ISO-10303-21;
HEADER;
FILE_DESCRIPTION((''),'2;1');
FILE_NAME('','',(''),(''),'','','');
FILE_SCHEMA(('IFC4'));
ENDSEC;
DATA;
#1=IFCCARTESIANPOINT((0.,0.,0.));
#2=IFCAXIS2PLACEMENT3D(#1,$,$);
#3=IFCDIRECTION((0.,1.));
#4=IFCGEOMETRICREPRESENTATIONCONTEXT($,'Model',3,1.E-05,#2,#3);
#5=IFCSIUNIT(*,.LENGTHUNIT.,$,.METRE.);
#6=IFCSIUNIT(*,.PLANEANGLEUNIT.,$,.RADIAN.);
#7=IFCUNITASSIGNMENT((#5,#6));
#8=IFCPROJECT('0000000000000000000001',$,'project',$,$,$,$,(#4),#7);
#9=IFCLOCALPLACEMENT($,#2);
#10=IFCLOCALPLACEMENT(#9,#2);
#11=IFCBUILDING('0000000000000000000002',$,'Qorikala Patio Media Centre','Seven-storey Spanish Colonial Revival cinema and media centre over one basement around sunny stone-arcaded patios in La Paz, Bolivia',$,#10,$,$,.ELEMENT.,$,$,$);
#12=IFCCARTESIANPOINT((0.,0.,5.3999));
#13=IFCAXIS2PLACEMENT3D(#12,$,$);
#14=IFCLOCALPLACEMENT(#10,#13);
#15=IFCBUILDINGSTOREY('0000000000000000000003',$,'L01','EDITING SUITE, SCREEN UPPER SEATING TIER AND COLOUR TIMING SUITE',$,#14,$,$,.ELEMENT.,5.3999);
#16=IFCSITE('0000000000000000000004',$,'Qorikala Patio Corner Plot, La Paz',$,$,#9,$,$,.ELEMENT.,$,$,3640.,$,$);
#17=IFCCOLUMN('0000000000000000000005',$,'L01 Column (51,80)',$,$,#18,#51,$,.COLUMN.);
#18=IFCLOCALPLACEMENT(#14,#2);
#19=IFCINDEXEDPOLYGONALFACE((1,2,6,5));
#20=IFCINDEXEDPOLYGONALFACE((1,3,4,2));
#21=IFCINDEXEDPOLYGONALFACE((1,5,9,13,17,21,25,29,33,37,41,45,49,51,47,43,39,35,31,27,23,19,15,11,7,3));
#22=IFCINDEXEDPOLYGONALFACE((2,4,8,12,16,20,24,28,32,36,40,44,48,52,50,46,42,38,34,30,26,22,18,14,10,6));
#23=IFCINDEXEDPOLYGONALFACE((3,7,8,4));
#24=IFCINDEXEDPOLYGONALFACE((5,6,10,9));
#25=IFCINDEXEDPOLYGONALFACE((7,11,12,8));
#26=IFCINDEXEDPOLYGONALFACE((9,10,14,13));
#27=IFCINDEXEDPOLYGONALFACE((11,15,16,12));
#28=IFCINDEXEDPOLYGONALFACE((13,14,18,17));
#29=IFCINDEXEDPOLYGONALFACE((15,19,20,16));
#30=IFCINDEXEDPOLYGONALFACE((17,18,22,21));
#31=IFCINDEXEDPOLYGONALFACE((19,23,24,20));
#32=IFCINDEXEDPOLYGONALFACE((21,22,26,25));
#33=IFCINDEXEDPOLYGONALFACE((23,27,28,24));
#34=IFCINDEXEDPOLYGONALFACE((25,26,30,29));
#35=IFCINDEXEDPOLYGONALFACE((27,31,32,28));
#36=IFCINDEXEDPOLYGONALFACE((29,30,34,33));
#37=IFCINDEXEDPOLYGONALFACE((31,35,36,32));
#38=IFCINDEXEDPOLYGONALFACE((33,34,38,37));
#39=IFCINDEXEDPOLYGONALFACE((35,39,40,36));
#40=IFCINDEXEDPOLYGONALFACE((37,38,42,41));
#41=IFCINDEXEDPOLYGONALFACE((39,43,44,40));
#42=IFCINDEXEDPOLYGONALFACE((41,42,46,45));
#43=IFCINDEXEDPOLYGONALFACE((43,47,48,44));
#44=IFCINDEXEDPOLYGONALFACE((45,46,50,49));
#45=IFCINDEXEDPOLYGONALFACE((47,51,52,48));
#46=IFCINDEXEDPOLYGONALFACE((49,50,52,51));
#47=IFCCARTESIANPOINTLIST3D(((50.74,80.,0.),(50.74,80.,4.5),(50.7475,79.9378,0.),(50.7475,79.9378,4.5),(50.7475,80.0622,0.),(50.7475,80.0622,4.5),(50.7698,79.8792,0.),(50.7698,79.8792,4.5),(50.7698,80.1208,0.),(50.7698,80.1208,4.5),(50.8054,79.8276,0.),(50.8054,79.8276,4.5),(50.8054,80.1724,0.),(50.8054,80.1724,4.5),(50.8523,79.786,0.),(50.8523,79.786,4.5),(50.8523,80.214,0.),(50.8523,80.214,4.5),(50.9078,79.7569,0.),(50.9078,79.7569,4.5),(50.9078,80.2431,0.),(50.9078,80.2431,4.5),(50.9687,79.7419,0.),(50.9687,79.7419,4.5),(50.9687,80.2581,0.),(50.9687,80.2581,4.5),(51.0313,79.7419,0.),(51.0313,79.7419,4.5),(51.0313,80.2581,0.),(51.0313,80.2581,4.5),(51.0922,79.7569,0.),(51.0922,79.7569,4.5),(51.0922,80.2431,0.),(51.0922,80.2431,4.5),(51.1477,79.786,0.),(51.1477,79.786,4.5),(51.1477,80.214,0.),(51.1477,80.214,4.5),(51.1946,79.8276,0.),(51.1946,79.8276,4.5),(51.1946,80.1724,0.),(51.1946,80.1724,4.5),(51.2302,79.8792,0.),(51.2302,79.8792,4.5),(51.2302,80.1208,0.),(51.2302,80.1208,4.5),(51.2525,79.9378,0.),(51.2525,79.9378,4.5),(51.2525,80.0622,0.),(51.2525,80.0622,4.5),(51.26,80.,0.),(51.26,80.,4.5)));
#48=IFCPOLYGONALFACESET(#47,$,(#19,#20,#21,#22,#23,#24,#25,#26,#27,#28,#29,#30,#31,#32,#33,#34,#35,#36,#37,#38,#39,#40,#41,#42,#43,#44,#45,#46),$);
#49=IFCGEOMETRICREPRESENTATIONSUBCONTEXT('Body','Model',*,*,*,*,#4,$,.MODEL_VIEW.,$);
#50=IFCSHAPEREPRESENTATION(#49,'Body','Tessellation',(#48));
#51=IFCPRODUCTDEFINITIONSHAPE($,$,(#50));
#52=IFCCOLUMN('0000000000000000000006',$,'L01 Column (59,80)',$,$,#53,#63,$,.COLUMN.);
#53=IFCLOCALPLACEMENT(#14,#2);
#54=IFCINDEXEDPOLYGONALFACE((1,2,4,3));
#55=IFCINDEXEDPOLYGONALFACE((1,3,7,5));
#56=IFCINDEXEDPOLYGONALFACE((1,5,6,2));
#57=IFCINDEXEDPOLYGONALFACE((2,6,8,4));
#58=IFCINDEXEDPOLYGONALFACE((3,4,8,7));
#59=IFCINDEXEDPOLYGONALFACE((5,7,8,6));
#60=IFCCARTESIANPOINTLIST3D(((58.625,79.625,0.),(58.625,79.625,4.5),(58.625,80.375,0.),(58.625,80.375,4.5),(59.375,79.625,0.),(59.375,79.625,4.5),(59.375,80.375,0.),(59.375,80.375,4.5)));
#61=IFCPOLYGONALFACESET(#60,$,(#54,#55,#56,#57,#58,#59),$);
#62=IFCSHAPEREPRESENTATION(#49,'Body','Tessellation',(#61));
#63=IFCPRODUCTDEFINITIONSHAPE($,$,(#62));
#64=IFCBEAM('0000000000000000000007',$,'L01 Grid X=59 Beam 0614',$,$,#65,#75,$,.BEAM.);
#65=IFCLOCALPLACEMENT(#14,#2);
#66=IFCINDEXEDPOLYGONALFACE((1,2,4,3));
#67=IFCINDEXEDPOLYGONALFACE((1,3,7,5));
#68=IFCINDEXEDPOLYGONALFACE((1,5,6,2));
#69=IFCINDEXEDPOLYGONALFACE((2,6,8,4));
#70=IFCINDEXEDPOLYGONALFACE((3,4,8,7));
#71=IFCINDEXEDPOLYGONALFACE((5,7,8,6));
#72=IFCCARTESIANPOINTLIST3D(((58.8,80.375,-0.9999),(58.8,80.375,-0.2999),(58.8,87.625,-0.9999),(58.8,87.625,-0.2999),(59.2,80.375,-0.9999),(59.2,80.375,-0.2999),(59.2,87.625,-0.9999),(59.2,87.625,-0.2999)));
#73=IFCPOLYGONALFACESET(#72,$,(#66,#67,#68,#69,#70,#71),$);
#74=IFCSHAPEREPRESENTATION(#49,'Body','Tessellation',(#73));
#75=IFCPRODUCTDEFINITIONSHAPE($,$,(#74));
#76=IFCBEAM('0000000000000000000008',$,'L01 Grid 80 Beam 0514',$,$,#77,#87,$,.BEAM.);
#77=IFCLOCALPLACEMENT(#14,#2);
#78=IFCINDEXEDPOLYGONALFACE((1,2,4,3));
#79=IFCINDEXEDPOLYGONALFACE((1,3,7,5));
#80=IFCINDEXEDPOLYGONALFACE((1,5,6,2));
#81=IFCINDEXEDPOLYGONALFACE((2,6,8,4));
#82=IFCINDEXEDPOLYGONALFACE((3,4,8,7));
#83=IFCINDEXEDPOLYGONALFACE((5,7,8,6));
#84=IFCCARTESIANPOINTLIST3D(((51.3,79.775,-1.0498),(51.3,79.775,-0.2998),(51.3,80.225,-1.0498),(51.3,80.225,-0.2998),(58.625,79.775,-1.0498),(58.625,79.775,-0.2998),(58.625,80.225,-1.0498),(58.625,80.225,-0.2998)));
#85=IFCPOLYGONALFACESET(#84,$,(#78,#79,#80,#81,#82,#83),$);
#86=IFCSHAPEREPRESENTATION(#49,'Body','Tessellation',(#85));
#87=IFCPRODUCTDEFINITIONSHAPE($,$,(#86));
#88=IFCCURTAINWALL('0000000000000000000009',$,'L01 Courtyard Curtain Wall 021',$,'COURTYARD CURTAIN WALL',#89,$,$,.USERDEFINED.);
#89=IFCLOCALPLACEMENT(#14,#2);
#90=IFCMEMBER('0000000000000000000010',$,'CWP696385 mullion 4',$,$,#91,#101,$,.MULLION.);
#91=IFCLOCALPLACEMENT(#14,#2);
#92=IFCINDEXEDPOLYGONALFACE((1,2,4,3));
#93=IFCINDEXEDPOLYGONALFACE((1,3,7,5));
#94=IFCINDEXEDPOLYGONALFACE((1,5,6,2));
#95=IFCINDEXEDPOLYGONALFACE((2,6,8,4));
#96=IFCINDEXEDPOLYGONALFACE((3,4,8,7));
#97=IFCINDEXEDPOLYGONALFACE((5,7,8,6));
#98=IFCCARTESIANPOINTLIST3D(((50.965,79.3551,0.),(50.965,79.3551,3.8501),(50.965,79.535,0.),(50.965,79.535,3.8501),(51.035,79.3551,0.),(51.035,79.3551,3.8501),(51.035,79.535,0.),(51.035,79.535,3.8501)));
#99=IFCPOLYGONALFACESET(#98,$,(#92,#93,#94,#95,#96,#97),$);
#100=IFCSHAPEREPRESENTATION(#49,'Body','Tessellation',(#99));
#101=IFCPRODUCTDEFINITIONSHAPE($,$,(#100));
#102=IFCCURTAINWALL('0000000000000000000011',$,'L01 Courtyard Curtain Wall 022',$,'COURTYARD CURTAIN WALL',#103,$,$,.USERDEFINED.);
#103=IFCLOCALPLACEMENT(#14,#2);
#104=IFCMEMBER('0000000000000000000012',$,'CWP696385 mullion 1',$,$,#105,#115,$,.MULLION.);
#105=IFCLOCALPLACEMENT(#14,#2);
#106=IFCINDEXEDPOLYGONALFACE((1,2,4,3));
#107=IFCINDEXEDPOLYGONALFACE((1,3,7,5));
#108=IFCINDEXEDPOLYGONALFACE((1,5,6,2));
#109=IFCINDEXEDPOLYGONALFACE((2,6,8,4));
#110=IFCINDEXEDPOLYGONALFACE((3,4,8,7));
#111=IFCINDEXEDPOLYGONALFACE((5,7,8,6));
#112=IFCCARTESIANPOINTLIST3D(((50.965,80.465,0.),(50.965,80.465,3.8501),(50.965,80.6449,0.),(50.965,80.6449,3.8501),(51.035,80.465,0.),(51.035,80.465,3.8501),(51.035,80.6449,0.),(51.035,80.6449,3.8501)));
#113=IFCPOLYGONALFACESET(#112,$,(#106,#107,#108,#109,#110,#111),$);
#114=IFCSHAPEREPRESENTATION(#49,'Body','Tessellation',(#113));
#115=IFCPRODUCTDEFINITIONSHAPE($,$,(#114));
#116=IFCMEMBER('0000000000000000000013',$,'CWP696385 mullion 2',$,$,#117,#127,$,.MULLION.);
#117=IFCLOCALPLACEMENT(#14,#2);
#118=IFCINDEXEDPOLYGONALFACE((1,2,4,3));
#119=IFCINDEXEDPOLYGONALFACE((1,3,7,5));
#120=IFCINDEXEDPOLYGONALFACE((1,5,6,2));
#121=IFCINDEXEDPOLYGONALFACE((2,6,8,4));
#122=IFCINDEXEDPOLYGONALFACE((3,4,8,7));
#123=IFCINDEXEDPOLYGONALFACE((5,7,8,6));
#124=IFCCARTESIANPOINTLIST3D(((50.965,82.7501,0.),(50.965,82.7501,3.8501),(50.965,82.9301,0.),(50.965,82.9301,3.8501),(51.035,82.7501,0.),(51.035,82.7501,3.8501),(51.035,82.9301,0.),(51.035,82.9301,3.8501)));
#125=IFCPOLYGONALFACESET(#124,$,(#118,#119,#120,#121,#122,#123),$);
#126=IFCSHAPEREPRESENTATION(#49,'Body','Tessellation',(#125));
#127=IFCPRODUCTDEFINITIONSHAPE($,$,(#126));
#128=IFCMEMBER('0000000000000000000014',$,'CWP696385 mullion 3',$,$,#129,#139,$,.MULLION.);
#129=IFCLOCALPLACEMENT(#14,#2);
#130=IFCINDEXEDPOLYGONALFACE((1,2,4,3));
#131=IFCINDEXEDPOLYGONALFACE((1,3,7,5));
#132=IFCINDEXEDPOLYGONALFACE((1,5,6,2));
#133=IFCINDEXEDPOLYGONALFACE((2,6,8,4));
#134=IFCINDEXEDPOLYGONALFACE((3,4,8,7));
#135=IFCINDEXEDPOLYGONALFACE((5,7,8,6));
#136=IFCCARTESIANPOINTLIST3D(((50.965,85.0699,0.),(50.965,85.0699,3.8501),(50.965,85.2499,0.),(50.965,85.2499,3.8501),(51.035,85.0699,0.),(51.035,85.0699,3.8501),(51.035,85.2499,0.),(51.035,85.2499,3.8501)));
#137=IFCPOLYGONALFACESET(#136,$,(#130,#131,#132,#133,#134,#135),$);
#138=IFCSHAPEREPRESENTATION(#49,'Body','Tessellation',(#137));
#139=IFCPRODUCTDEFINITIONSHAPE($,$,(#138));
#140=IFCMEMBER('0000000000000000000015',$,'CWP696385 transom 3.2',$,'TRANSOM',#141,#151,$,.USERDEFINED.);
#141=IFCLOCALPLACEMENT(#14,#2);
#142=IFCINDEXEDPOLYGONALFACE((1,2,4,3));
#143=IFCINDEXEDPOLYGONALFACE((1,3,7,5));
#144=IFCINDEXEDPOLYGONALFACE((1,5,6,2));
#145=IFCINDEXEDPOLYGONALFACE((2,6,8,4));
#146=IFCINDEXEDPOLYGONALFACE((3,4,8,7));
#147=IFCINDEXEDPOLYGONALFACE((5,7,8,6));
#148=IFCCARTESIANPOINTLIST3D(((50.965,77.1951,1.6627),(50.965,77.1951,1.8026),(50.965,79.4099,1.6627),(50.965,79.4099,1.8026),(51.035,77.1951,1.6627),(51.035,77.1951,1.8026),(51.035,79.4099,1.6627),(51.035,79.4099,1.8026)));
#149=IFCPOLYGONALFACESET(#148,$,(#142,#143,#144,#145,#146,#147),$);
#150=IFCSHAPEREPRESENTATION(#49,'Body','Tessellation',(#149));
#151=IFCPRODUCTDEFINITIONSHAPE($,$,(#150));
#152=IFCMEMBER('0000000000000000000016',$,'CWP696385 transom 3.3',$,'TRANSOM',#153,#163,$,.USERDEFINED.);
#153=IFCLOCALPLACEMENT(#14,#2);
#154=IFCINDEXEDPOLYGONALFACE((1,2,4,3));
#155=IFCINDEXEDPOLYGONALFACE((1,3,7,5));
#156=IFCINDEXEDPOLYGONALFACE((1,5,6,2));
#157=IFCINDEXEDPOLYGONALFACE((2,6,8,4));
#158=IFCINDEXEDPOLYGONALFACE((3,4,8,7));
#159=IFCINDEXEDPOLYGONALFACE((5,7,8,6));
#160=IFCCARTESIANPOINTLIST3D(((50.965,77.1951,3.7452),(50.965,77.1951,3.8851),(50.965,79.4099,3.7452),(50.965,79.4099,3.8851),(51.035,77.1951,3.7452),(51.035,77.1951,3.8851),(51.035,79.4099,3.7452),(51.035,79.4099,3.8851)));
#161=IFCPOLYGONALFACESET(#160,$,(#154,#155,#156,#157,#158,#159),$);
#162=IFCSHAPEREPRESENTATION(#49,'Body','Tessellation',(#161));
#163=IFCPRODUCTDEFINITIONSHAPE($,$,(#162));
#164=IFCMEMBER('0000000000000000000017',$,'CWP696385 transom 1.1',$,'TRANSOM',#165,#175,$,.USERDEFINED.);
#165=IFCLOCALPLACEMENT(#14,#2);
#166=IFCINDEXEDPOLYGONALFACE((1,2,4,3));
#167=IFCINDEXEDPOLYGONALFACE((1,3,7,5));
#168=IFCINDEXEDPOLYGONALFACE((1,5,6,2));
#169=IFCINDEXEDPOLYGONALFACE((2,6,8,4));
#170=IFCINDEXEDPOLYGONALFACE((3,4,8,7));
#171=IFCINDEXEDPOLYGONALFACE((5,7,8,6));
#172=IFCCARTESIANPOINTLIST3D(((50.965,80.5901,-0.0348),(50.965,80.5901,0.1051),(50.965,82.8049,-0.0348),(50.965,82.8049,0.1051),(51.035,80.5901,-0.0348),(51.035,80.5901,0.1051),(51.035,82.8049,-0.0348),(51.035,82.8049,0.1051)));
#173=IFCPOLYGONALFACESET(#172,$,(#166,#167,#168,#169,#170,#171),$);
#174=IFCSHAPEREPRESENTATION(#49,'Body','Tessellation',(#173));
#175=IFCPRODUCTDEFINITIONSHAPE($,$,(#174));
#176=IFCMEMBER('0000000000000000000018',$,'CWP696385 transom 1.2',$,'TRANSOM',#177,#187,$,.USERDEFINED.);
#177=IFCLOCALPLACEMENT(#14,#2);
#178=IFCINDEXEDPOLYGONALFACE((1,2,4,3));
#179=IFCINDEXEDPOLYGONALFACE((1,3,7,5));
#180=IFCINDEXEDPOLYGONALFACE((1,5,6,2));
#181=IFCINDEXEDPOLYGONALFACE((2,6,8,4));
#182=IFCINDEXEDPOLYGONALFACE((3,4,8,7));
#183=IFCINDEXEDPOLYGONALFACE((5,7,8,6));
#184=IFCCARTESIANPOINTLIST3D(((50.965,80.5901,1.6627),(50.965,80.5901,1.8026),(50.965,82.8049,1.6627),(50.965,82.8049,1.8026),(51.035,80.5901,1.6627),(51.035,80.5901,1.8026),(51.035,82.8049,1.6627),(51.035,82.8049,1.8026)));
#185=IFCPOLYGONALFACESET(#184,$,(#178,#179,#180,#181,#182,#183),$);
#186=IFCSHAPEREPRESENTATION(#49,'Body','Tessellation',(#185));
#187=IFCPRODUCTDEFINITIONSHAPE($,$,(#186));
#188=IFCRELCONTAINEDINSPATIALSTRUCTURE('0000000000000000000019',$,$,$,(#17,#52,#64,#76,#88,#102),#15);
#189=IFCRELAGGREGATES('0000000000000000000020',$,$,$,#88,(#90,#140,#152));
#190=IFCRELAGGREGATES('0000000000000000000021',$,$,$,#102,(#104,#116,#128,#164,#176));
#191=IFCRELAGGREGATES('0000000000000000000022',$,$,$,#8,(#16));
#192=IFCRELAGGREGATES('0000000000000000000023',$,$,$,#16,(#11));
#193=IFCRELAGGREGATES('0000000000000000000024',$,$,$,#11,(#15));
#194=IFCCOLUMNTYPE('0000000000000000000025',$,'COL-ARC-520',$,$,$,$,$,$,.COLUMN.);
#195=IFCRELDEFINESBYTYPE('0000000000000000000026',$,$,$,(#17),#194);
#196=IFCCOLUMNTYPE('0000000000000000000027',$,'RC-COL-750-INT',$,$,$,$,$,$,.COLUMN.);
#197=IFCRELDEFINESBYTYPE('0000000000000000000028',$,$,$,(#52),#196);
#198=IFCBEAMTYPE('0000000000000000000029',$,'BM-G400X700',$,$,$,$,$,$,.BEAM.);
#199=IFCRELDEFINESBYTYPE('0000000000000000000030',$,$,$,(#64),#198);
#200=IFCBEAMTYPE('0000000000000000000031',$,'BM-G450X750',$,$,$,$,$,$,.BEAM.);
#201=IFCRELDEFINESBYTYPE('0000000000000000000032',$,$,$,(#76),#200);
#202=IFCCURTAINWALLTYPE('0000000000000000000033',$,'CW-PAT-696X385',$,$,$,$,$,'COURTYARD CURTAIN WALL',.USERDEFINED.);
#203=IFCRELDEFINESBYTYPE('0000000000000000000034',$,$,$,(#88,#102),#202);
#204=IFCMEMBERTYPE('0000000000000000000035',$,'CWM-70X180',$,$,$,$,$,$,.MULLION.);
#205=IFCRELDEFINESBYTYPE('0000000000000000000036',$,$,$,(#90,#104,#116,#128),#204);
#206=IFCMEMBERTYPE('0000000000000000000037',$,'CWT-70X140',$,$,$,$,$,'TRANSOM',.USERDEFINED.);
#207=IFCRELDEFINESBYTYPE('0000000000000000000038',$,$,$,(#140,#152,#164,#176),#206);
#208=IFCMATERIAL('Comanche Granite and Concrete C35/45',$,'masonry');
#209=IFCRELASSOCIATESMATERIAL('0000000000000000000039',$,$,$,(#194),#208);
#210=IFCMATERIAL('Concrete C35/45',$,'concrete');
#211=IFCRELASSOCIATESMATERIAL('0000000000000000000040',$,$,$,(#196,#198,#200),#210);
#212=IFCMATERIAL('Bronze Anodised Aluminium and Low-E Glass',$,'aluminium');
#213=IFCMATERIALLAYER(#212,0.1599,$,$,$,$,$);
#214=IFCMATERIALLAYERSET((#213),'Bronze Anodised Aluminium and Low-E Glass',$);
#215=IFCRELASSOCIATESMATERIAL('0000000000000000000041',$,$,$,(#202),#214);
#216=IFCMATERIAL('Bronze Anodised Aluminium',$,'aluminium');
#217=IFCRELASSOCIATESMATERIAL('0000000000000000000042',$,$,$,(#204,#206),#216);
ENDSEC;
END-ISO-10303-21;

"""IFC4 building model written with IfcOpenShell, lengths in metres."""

from ifc_helpers import new_model, si_unit, direction, frame, origin, origin_2d, place, context, subcontext, project, spatial, rectangle, circle, extrude, material, layer, layer_set, material_profile, profile_set, type_object, element, aggregate, save


model = new_model("IFC4")

# Units and contexts
model_context = context("Model", 3, precision=1e-05, world=origin(), true_north=direction((0.0, 1.0)))
body_context = subcontext(model_context, "Body", "Model", "MODEL_VIEW")
ifc_project = project(units=[si_unit("LENGTHUNIT", "METRE"), si_unit("PLANEANGLEUNIT", "RADIAN")], contexts=[model_context])

# Site, building, storey
site_placement = place(None, origin())
site = spatial("IfcSite", under=ifc_project, at=site_placement, Name="Qorikala Patio Corner Plot, La Paz", CompositionType="ELEMENT", RefElevation=3640.0)
building_placement = place(site_placement, origin())
building = spatial("IfcBuilding", under=site, at=building_placement, Name="Qorikala Patio Media Centre", Description="Seven-storey Spanish Colonial Revival cinema and media centre over one basement around sunny stone-arcaded patios in La Paz, Bolivia", CompositionType="ELEMENT")
storey_placement = place(building_placement, frame((0.0, 0.0, 5.3999)))
storey = spatial("IfcBuildingStorey", under=building, at=storey_placement, Name="L01", Description="EDITING SUITE, SCREEN UPPER SEATING TIER AND COLOUR TIMING SUITE", CompositionType="ELEMENT", Elevation=5.3999)

# Columns
ifc_material_1 = material(Name="Comanche Granite and Concrete C35/45", Category="masonry")
ifc_material_profile_1 = material_profile(ifc_material_1, circle(Radius=0.26, at=origin_2d()), Name="STONE COL D520")
ifc_profile_set_1 = profile_set([ifc_material_profile_1], Name="Comanche Granite and Concrete C35/45")
column_type_1 = type_object("IfcColumnType", Name="COL-ARC-520", PredefinedType="COLUMN", material=ifc_profile_set_1)
column_1_placement = place(storey_placement, frame((51.0, 80.0, 0.0), z_axis=(0.0, 0.0, 1.0), x_axis=(1.0, 0.0, 0.0)))
element("IfcColumn", 1, at=column_1_placement, inside=storey, type_object=column_type_1, Name="L01 Column (51,80)", PredefinedType="COLUMN", context=body_context, shape_type="SweptSolid", body=[
    extrude(circle(Radius=0.26, at=origin_2d()), origin(), (0.0, 0.0, 1.0), 4.5),
])
ifc_material_2 = material(Name="Concrete C35/45", Category="concrete")
ifc_material_profile_2 = material_profile(ifc_material_2, rectangle(XDim=0.75, YDim=0.75, at=origin_2d()), Name="RC 750x750")
ifc_profile_set_2 = profile_set([ifc_material_profile_2], Name="Concrete C35/45")
column_type_2 = type_object("IfcColumnType", Name="RC-COL-750-INT", PredefinedType="COLUMN", material=ifc_profile_set_2)
column_2_placement = place(storey_placement, frame((59.0, 80.0, 0.0), z_axis=(0.0, 0.0, 1.0), x_axis=(1.0, 0.0, 0.0)))
element("IfcColumn", 2, at=column_2_placement, inside=storey, type_object=column_type_2, Name="L01 Column (59,80)", PredefinedType="COLUMN", context=body_context, shape_type="SweptSolid", body=[
    extrude(rectangle(XDim=0.75, YDim=0.75, at=origin_2d()), origin(), (0.0, 0.0, 1.0), 4.5),
])

# Beams
ifc_material_profile_3 = material_profile(ifc_material_2, rectangle(XDim=0.3999, YDim=0.7, at=origin_2d()), Name="RC 400x700")
ifc_profile_set_3 = profile_set([ifc_material_profile_3], Name="Concrete C35/45")
beam_type_1 = type_object("IfcBeamType", Name="BM-G400X700", PredefinedType="BEAM", material=ifc_profile_set_3)
beam_1_placement = place(storey_placement, frame((59.0, 80.375, -0.6499), z_axis=(0.0, 1.0, 0.0), x_axis=(-1.0, 0.0, 0.0)))
element("IfcBeam", 3, at=beam_1_placement, inside=storey, type_object=beam_type_1, Name="L01 Grid X=59 Beam 0614", PredefinedType="BEAM", context=body_context, shape_type="SweptSolid", body=[
    extrude(rectangle(XDim=0.3999, YDim=0.7, at=origin_2d()), origin(), (0.0, 0.0, 1.0), 7.25),
])
ifc_material_profile_4 = material_profile(ifc_material_2, rectangle(XDim=0.45, YDim=0.75, at=origin_2d()), Name="RC 450x750")
ifc_profile_set_4 = profile_set([ifc_material_profile_4], Name="Concrete C35/45")
beam_type_2 = type_object("IfcBeamType", Name="BM-G450X750", PredefinedType="BEAM", material=ifc_profile_set_4)
beam_2_placement = place(storey_placement, frame((51.3, 80.0, -0.6748), z_axis=(1.0, 0.0, 0.0), x_axis=(0.0, 1.0, 0.0)))
element("IfcBeam", 4, at=beam_2_placement, inside=storey, type_object=beam_type_2, Name="L01 Grid 80 Beam 0514", PredefinedType="BEAM", context=body_context, shape_type="SweptSolid", body=[
    extrude(rectangle(XDim=0.45, YDim=0.75, at=origin_2d()), origin(), (0.0, 0.0, 1.0), 7.325),
])

# Curtain wall, member
ifc_material_3 = material(Name="Bronze Anodised Aluminium and Low-E Glass", Category="aluminium")
ifc_layer_1 = layer(ifc_material_3, 0.1599)
ifc_layer_set_1 = layer_set([ifc_layer_1], Name="Bronze Anodised Aluminium and Low-E Glass")
curtain_wall_type = type_object("IfcCurtainWallType", Name="CW-PAT-696X385", ElementType="COURTYARD CURTAIN WALL", PredefinedType="USERDEFINED", material=ifc_layer_set_1)
curtain_wall_1_placement = place(storey_placement, origin())
curtain_wall_1 = element("IfcCurtainWall", 5, at=curtain_wall_1_placement, inside=storey, type_object=curtain_wall_type, Name="L01 Courtyard Curtain Wall 021", ObjectType="COURTYARD CURTAIN WALL", PredefinedType="USERDEFINED")
ifc_material_4 = material(Name="Bronze Anodised Aluminium", Category="aluminium")
ifc_material_profile_5 = material_profile(ifc_material_4, rectangle(XDim=0.0701, YDim=0.1799, at=origin_2d()), Name="ALU MULLION 70x180")
ifc_profile_set_5 = profile_set([ifc_material_profile_5], Name="Bronze Anodised Aluminium")
member_type_1 = type_object("IfcMemberType", Name="CWM-70X180", PredefinedType="MULLION", material=ifc_profile_set_5)
member_1_placement = place(storey_placement, frame((51.0, 79.4451, 0.0), z_axis=(0.0, 0.0, 1.0), x_axis=(-1.0, 0.0, 0.0)))
member_1 = element("IfcMember", 6, at=member_1_placement, type_object=member_type_1, Name="CWP696385 mullion 4", PredefinedType="MULLION", context=body_context, shape_type="SweptSolid", body=[
    extrude(rectangle(XDim=0.0701, YDim=0.1799, at=origin_2d()), origin(), (0.0, 0.0, 1.0), 3.8501),
])

# Curtain wall, members
curtain_wall_2_placement = place(storey_placement, origin())
curtain_wall_2 = element("IfcCurtainWall", 7, at=curtain_wall_2_placement, inside=storey, type_object=curtain_wall_type, Name="L01 Courtyard Curtain Wall 022", ObjectType="COURTYARD CURTAIN WALL", PredefinedType="USERDEFINED")
member_2_placement = place(storey_placement, frame((51.0, 80.5549, 0.0), z_axis=(0.0, 0.0, 1.0), x_axis=(-1.0, 0.0, 0.0)))
member_2 = element("IfcMember", 8, at=member_2_placement, type_object=member_type_1, Name="CWP696385 mullion 1", PredefinedType="MULLION", context=body_context, shape_type="SweptSolid", body=[
    extrude(rectangle(XDim=0.0701, YDim=0.1799, at=origin_2d()), origin(), (0.0, 0.0, 1.0), 3.8501),
])
member_3_placement = place(storey_placement, frame((51.0, 82.8401, 0.0), z_axis=(0.0, 0.0, 1.0), x_axis=(-1.0, 0.0, 0.0)))
member_3 = element("IfcMember", 9, at=member_3_placement, type_object=member_type_1, Name="CWP696385 mullion 2", PredefinedType="MULLION", context=body_context, shape_type="SweptSolid", body=[
    extrude(rectangle(XDim=0.0701, YDim=0.1799, at=origin_2d()), origin(), (0.0, 0.0, 1.0), 3.8501),
])
member_4_placement = place(storey_placement, frame((51.0, 85.1599, 0.0), z_axis=(0.0, 0.0, 1.0), x_axis=(-1.0, 0.0, 0.0)))
member_4 = element("IfcMember", 10, at=member_4_placement, type_object=member_type_1, Name="CWP696385 mullion 3", PredefinedType="MULLION", context=body_context, shape_type="SweptSolid", body=[
    extrude(rectangle(XDim=0.0701, YDim=0.1799, at=origin_2d()), origin(), (0.0, 0.0, 1.0), 3.8501),
])

# Members
ifc_material_profile_6 = material_profile(ifc_material_4, rectangle(XDim=0.0701, YDim=0.1399, at=origin_2d()), Name="ALU TRANSOM 70x140")
ifc_profile_set_6 = profile_set([ifc_material_profile_6], Name="Bronze Anodised Aluminium")
member_type_2 = type_object("IfcMemberType", Name="CWT-70X140", ElementType="TRANSOM", PredefinedType="USERDEFINED", material=ifc_profile_set_6)
member_5_placement = place(storey_placement, frame((51.0, 77.1951, 1.7327), z_axis=(0.0, 1.0, 0.0), x_axis=(-1.0, 0.0, 0.0)))
member_5 = element("IfcMember", 11, at=member_5_placement, type_object=member_type_2, Name="CWP696385 transom 3.2", ObjectType="TRANSOM", PredefinedType="USERDEFINED", context=body_context, shape_type="SweptSolid", body=[
    extrude(rectangle(XDim=0.0701, YDim=0.1399, at=origin_2d()), origin(), (0.0, 0.0, 1.0), 2.2148),
])
member_6_placement = place(storey_placement, frame((51.0, 77.1951, 3.8152), z_axis=(0.0, 1.0, 0.0), x_axis=(-1.0, 0.0, 0.0)))
member_6 = element("IfcMember", 12, at=member_6_placement, type_object=member_type_2, Name="CWP696385 transom 3.3", ObjectType="TRANSOM", PredefinedType="USERDEFINED", context=body_context, shape_type="SweptSolid", body=[
    extrude(rectangle(XDim=0.0701, YDim=0.1399, at=origin_2d()), origin(), (0.0, 0.0, 1.0), 2.2148),
])
member_7_placement = place(storey_placement, frame((51.0, 80.5901, 0.0352), z_axis=(0.0, 1.0, 0.0), x_axis=(-1.0, 0.0, 0.0)))
member_7 = element("IfcMember", 13, at=member_7_placement, type_object=member_type_2, Name="CWP696385 transom 1.1", ObjectType="TRANSOM", PredefinedType="USERDEFINED", context=body_context, shape_type="SweptSolid", body=[
    extrude(rectangle(XDim=0.0701, YDim=0.1399, at=origin_2d()), origin(), (0.0, 0.0, 1.0), 2.2148),
])
member_8_placement = place(storey_placement, frame((51.0, 80.5901, 1.7327), z_axis=(0.0, 1.0, 0.0), x_axis=(-1.0, 0.0, 0.0)))
member_8 = element("IfcMember", 14, at=member_8_placement, type_object=member_type_2, Name="CWP696385 transom 1.2", ObjectType="TRANSOM", PredefinedType="USERDEFINED", context=body_context, shape_type="SweptSolid", body=[
    extrude(rectangle(XDim=0.0701, YDim=0.1399, at=origin_2d()), origin(), (0.0, 0.0, 1.0), 2.2148),
])

aggregate(curtain_wall_1, [member_1, member_5, member_6])
aggregate(curtain_wall_2, [member_2, member_3, member_4, member_7, member_8])

save(model, "model.ifc")
